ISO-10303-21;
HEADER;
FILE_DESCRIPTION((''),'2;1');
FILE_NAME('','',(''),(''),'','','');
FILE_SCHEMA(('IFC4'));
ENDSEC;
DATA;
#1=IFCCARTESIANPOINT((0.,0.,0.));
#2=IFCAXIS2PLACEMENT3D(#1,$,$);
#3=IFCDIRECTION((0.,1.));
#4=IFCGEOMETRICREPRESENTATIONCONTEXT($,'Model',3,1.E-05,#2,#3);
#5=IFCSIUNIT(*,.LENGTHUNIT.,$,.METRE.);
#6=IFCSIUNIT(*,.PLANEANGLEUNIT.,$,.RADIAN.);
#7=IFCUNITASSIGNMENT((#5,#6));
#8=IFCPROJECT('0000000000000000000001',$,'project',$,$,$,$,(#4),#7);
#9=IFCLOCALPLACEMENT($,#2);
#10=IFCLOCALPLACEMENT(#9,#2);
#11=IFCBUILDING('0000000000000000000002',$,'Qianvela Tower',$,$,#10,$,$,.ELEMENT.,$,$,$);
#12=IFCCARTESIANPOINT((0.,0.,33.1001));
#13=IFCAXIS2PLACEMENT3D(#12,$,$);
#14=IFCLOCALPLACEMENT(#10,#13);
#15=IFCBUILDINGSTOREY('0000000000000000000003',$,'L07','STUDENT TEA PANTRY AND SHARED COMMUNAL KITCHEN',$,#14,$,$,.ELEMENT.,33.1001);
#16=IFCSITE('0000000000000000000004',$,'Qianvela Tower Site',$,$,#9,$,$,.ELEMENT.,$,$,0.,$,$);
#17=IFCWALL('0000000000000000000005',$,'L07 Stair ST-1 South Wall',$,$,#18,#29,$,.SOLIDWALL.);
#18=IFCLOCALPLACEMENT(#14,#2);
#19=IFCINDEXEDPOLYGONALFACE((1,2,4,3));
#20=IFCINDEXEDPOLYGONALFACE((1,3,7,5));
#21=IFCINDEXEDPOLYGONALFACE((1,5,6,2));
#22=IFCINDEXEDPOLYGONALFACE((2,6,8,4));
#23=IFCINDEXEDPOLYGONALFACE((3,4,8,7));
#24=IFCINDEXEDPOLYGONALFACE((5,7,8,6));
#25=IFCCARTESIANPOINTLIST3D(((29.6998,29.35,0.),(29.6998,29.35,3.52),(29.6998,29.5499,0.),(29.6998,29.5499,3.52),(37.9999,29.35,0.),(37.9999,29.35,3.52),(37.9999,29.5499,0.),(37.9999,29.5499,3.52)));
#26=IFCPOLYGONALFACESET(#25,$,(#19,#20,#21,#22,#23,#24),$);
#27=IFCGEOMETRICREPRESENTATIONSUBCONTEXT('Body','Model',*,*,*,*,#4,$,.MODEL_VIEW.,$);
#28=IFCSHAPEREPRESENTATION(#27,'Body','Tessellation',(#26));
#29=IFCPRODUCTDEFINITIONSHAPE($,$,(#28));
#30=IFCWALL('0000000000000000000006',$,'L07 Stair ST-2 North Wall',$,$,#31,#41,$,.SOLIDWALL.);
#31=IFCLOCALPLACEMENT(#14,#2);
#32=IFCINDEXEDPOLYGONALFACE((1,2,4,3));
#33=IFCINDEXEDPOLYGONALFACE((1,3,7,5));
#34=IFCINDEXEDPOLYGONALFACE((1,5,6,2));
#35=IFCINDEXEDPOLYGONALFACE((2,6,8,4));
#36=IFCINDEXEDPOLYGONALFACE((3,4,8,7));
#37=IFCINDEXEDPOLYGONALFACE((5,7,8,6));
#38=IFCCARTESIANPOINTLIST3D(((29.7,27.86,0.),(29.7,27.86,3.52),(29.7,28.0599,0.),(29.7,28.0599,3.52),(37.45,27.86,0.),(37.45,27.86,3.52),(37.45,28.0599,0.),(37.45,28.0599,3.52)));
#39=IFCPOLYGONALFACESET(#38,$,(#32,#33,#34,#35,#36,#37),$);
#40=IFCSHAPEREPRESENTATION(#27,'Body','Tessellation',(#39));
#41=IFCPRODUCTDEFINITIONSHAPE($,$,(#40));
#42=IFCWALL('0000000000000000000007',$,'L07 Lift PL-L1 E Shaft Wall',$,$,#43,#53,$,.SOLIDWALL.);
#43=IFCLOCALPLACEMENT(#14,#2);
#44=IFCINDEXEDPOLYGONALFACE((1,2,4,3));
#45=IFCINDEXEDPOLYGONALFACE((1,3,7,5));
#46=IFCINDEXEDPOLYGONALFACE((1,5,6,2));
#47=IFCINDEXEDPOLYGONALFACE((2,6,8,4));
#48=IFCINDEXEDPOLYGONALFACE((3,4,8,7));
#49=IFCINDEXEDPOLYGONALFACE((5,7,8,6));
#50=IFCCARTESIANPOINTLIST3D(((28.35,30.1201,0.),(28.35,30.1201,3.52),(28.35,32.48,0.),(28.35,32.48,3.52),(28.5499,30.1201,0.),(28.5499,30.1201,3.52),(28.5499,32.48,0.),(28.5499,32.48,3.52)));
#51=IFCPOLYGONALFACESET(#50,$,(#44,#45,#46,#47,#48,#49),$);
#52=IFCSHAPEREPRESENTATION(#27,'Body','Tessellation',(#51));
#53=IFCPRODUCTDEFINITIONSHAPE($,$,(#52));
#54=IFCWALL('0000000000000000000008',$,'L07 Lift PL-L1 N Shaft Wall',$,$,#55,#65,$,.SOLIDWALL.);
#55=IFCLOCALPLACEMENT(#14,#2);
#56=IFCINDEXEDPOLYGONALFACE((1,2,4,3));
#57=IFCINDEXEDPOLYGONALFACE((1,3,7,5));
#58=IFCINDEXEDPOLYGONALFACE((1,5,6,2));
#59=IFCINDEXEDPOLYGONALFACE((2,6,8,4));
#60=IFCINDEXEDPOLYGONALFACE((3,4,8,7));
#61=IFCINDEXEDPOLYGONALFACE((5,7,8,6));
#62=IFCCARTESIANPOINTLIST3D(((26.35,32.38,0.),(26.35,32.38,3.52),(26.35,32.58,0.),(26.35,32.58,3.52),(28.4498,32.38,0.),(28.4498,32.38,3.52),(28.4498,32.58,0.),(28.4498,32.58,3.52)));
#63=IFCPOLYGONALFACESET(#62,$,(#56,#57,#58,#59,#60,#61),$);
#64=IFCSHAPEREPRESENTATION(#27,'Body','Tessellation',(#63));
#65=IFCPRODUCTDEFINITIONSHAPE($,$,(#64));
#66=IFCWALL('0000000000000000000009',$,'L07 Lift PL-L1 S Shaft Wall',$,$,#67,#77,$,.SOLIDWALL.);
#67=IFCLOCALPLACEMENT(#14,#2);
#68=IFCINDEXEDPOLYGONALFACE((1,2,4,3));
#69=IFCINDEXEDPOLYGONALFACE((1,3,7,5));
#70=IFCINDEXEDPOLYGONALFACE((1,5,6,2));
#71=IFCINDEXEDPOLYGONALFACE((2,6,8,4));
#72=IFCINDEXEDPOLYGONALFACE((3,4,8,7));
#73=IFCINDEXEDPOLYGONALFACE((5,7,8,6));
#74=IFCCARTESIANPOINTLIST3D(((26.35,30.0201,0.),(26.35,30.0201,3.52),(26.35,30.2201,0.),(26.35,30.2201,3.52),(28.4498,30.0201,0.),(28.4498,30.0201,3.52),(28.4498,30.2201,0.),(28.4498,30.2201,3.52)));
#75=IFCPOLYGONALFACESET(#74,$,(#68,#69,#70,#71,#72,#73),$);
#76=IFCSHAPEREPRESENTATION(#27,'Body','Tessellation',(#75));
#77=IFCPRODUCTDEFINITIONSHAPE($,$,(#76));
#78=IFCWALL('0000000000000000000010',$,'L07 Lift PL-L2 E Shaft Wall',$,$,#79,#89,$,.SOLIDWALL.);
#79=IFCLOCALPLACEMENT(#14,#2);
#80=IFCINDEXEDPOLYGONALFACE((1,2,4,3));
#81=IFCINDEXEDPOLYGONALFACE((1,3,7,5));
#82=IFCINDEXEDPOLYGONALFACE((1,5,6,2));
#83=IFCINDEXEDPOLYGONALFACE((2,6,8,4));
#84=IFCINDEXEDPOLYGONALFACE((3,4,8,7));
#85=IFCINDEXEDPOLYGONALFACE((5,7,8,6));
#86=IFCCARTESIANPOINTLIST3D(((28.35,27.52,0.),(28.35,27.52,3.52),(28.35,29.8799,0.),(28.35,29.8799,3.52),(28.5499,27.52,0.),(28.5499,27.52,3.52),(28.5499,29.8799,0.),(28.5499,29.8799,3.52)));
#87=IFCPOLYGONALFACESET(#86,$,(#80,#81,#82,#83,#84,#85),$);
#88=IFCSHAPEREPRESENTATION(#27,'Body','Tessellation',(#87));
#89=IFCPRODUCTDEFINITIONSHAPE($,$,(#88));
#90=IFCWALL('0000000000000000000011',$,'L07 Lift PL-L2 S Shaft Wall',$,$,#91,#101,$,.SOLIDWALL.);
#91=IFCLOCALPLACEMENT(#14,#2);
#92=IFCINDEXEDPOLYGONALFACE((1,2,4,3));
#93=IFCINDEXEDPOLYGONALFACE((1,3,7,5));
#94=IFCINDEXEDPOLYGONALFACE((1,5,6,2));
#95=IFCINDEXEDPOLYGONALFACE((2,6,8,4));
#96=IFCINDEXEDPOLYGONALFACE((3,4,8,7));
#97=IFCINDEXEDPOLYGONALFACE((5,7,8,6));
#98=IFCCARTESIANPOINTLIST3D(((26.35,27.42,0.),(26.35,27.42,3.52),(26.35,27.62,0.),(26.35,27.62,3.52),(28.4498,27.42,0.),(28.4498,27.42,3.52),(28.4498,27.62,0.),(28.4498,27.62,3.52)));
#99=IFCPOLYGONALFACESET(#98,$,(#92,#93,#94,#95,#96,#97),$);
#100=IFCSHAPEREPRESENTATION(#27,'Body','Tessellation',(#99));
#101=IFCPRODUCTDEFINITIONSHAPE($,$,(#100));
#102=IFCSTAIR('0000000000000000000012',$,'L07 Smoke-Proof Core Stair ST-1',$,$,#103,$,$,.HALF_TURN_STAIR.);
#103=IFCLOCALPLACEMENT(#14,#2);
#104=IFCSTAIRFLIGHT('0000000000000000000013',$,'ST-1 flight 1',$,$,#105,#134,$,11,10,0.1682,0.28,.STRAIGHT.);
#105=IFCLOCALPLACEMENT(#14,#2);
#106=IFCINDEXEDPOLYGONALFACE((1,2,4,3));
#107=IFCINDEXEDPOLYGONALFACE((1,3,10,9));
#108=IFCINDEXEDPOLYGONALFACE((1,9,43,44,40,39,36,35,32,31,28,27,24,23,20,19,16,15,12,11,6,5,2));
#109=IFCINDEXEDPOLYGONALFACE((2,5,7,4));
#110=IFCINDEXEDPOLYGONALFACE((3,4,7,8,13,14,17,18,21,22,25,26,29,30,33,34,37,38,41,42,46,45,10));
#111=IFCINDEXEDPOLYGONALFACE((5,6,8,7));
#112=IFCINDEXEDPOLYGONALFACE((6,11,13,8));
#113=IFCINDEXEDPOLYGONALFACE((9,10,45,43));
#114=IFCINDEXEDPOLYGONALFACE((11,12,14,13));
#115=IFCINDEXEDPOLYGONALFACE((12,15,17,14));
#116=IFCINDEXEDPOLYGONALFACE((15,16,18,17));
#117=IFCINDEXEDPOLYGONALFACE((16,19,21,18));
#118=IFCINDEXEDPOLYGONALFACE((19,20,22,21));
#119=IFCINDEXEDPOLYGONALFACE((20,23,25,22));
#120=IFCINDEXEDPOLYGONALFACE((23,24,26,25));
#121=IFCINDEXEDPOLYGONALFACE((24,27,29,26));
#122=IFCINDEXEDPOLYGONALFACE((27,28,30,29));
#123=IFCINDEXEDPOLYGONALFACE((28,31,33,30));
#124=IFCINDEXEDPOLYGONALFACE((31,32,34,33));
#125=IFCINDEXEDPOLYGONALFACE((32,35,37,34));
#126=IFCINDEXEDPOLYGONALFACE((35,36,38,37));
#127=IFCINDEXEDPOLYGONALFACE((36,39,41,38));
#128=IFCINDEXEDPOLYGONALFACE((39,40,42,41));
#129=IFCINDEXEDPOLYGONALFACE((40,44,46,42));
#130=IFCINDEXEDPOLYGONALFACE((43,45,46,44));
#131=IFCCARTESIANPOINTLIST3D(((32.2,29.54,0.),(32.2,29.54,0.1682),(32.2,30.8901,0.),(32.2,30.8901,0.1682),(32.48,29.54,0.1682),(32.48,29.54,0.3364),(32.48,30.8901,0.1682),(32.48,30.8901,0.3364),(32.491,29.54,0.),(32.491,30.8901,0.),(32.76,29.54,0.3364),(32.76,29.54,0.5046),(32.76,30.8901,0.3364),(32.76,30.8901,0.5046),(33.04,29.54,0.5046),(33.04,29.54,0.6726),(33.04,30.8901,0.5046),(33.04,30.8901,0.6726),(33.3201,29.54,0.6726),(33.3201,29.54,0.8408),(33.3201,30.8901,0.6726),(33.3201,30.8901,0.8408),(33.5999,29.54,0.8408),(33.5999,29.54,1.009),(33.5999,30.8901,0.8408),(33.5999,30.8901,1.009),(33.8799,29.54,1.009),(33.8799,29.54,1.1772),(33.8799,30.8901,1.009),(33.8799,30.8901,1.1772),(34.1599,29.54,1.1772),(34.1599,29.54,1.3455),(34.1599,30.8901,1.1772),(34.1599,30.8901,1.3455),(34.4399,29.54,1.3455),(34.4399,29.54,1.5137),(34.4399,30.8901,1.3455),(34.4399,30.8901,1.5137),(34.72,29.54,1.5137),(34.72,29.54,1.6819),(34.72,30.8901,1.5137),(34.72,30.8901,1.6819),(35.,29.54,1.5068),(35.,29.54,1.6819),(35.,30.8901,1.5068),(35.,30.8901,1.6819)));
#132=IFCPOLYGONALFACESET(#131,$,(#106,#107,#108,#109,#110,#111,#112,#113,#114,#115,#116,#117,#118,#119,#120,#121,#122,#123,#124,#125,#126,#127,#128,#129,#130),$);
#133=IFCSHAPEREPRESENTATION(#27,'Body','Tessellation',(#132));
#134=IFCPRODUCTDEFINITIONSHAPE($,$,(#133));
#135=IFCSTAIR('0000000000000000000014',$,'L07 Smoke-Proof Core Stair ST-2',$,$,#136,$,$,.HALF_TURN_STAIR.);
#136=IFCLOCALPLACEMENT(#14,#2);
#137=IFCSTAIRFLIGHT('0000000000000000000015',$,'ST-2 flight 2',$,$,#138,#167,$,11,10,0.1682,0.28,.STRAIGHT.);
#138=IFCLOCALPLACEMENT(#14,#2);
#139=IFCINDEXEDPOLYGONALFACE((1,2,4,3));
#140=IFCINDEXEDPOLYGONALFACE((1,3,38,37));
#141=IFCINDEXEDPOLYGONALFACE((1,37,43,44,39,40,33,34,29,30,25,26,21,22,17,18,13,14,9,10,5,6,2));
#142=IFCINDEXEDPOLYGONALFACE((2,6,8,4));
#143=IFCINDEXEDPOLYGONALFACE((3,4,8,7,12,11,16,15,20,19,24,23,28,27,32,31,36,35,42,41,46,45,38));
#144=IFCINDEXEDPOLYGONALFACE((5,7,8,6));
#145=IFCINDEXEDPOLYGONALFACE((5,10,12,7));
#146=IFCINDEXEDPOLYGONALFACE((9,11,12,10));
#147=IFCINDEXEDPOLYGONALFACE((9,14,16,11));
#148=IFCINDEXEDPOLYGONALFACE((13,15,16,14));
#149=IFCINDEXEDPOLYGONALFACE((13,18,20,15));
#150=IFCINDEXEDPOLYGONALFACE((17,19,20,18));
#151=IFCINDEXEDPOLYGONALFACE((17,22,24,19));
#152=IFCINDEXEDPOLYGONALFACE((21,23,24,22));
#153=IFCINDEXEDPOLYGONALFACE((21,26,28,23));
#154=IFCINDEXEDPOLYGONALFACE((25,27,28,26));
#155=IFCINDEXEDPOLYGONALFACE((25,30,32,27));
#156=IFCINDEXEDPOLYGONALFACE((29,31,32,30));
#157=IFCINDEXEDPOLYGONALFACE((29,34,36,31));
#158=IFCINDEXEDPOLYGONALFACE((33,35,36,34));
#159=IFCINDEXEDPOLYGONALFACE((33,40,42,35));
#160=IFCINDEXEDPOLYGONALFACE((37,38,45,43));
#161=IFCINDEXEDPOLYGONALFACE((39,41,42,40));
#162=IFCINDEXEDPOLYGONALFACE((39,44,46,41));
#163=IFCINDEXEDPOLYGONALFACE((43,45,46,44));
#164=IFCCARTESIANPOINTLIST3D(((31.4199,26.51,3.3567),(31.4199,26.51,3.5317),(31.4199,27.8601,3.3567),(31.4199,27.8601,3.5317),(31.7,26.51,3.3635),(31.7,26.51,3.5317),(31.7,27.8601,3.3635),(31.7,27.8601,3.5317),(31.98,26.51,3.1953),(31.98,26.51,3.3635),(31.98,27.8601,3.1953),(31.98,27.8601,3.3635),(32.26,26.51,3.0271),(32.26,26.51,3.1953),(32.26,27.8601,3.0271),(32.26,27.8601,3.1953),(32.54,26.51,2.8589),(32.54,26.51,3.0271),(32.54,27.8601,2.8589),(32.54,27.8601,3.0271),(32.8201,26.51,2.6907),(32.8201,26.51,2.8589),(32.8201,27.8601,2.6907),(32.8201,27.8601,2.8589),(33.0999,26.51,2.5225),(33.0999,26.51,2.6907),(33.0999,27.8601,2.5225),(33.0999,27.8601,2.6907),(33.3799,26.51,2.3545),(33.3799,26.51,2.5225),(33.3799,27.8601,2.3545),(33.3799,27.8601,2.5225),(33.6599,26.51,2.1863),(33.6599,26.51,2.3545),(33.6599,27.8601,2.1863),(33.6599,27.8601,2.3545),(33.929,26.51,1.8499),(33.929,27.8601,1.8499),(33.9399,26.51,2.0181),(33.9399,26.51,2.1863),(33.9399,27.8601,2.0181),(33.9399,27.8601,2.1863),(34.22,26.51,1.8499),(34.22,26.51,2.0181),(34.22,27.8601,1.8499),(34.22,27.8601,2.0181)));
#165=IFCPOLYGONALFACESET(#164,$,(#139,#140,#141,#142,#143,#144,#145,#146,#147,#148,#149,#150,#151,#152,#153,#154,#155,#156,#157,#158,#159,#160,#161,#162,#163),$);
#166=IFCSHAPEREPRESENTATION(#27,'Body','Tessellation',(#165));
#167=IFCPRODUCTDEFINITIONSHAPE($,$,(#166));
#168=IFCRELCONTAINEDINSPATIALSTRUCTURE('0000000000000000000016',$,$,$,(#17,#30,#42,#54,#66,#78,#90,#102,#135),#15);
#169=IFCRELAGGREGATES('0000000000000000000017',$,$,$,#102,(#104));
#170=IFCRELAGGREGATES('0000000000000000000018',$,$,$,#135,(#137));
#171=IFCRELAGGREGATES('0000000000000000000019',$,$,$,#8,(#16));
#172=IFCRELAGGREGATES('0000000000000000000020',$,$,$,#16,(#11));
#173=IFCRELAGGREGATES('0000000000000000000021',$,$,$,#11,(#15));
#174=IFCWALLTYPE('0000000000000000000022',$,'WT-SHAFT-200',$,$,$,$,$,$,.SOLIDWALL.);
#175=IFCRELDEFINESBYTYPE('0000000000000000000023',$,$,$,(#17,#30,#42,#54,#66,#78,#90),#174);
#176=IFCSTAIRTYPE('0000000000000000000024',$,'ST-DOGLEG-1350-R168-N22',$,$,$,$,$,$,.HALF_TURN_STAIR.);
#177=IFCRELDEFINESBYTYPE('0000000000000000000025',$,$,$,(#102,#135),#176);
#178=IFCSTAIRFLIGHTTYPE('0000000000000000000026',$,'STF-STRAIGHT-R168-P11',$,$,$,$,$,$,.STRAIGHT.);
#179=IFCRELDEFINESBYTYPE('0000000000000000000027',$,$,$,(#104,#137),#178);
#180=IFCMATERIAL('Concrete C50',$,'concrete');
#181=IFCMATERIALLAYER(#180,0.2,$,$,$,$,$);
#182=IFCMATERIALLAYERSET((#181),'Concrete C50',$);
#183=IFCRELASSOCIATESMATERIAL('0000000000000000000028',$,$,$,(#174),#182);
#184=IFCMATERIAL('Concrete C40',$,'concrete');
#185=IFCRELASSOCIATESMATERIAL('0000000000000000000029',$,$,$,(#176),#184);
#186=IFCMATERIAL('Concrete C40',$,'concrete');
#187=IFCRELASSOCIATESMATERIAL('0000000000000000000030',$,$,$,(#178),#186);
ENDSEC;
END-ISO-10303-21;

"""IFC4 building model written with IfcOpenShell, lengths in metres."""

from ifc_helpers import new_model, si_unit, direction, frame, frame_2d, origin, place, context, subcontext, project, spatial, polyline, rectangle, outline, extrude, material, layer, layer_set, type_object, element, aggregate, save


model = new_model("IFC4")

# Units and contexts
model_context = context("Model", 3, precision=1e-05, world=origin(), true_north=direction((0.0, 1.0)))
body_context = subcontext(model_context, "Body", "Model", "MODEL_VIEW")
ifc_project = project(units=[si_unit("LENGTHUNIT", "METRE"), si_unit("PLANEANGLEUNIT", "RADIAN")], contexts=[model_context])

# Site, building, storey
site_placement = place(None, origin())
site = spatial("IfcSite", under=ifc_project, at=site_placement, Name="Qianvela Tower Site", CompositionType="ELEMENT", RefElevation=0.0)
building_placement = place(site_placement, origin())
building = spatial("IfcBuilding", under=site, at=building_placement, Name="Qianvela Tower", CompositionType="ELEMENT")
storey_placement = place(building_placement, frame((0.0, 0.0, 33.1001)))
storey = spatial("IfcBuildingStorey", under=building, at=storey_placement, Name="L07", Description="STUDENT TEA PANTRY AND SHARED COMMUNAL KITCHEN", CompositionType="ELEMENT", Elevation=33.1001)

# Walls
ifc_material_1 = material(Name="Concrete C50", Category="concrete")
ifc_layer_1 = layer(ifc_material_1, 0.2)
ifc_layer_set_1 = layer_set([ifc_layer_1], Name="Concrete C50")
wall_type_1 = type_object("IfcWallType", Name="WT-SHAFT-200", PredefinedType="SOLIDWALL", material=ifc_layer_set_1)
wall_1_placement = place(storey_placement, frame((29.7, 29.45, 0.0), z_axis=(0.0, 0.0, 1.0), x_axis=(1.0, 0.0, 0.0)))
element("IfcWall", 1, at=wall_1_placement, inside=storey, type_object=wall_type_1, Name="L07 Stair ST-1 South Wall", PredefinedType="SOLIDWALL", context=body_context, shape_type="SweptSolid", body=[
    extrude(rectangle(XDim=8.3, YDim=0.2, at=frame_2d((4.1499, 0.0))), origin(), (0.0, 0.0, 1.0), 3.52),
])
wall_2_placement = place(storey_placement, frame((29.7, 27.96, 0.0), z_axis=(0.0, 0.0, 1.0), x_axis=(1.0, 0.0, 0.0)))
element("IfcWall", 2, at=wall_2_placement, inside=storey, type_object=wall_type_1, Name="L07 Stair ST-2 North Wall", PredefinedType="SOLIDWALL", context=body_context, shape_type="SweptSolid", body=[
    extrude(rectangle(XDim=7.75, YDim=0.2, at=frame_2d((3.875, 0.0))), origin(), (0.0, 0.0, 1.0), 3.52),
])
wall_3_placement = place(storey_placement, frame((28.45, 30.1201, 0.0), z_axis=(0.0, 0.0, 1.0), x_axis=(0.0, 1.0, 0.0)))
element("IfcWall", 3, at=wall_3_placement, inside=storey, type_object=wall_type_1, Name="L07 Lift PL-L1 E Shaft Wall", PredefinedType="SOLIDWALL", context=body_context, shape_type="SweptSolid", body=[
    extrude(rectangle(XDim=2.3599, YDim=0.2, at=frame_2d((1.1799, 0.0))), origin(), (0.0, 0.0, 1.0), 3.52),
])

# Walls
for number, where, z_axis, x_axis, name in (
    (4, (26.3501, 32.48, 0.0), (0.0, 0.0, 1.0), (1.0, 0.0, 0.0), "L07 Lift PL-L1 N Shaft Wall"),
    (5, (26.3501, 30.1201, 0.0), (0.0, 0.0, 1.0), (1.0, 0.0, 0.0), "L07 Lift PL-L1 S Shaft Wall"),
):
    element("IfcWall", number, at=place(storey_placement, frame(where, z_axis=z_axis, x_axis=x_axis)), inside=storey, type_object=wall_type_1, Name=name, PredefinedType="SOLIDWALL", context=body_context, shape_type="SweptSolid", body=[
        extrude(rectangle(XDim=2.0999, YDim=0.2, at=frame_2d((1.0498, 0.0))), origin(), (0.0, 0.0, 1.0), 3.52),
    ])
wall_4_placement = place(storey_placement, frame((28.45, 27.52, 0.0), z_axis=(0.0, 0.0, 1.0), x_axis=(0.0, 1.0, 0.0)))
element("IfcWall", 6, at=wall_4_placement, inside=storey, type_object=wall_type_1, Name="L07 Lift PL-L2 E Shaft Wall", PredefinedType="SOLIDWALL", context=body_context, shape_type="SweptSolid", body=[
    extrude(rectangle(XDim=2.3599, YDim=0.2, at=frame_2d((1.1799, 0.0))), origin(), (0.0, 0.0, 1.0), 3.52),
])

# Wall
wall_5_placement = place(storey_placement, frame((26.3501, 27.52, 0.0), z_axis=(0.0, 0.0, 1.0), x_axis=(1.0, 0.0, 0.0)))
element("IfcWall", 7, at=wall_5_placement, inside=storey, type_object=wall_type_1, Name="L07 Lift PL-L2 S Shaft Wall", PredefinedType="SOLIDWALL", context=body_context, shape_type="SweptSolid", body=[
    extrude(rectangle(XDim=2.0999, YDim=0.2, at=frame_2d((1.0498, 0.0))), origin(), (0.0, 0.0, 1.0), 3.52),
])

# Stairs, stair flights
ifc_material_2 = material(Name="Concrete C40", Category="concrete")
stair_type = type_object("IfcStairType", Name="ST-DOGLEG-1350-R168-N22", PredefinedType="HALF_TURN_STAIR", material=ifc_material_2)
stair_1_placement = place(storey_placement, origin())
stair_1 = element("IfcStair", 8, at=stair_1_placement, inside=storey, type_object=stair_type, Name="L07 Smoke-Proof Core Stair ST-1", PredefinedType="HALF_TURN_STAIR")
ifc_material_3 = material(Name="Concrete C40", Category="concrete")
stair_flight_type = type_object("IfcStairFlightType", Name="STF-STRAIGHT-R168-P11", PredefinedType="STRAIGHT", material=ifc_material_3)
stair_flight_1_placement = place(storey_placement, frame((32.2, 30.2151, 0.0), z_axis=(0.0, 0.0, 1.0), x_axis=(1.0, 0.0, 0.0)))
stair_flight_1 = element("IfcStairFlight", 9, at=stair_flight_1_placement, type_object=stair_flight_type, Name="ST-1 flight 1", NumberOfRisers=11, NumberOfTreads=10, PredefinedType="STRAIGHT", RiserHeight=0.1682, TreadLength=0.28, context=body_context, shape_type="SweptSolid", body=[
    extrude(outline(polyline([(0.0, 0.0), (0.0, 0.1682), (0.28, 0.1682), (0.28, 0.3364), (0.5601, 0.3364), (0.5601, 0.5046), (0.8401, 0.5046), (0.8401, 0.6726), (1.1201, 0.6726), (1.1201, 0.8408), (1.3999, 0.8408), (1.3999, 1.009), (1.6799, 1.009), (1.6799, 1.1772), (1.96, 1.1772), (1.96, 1.3455), (2.24, 1.3455), (2.24, 1.5137), (2.52, 1.5137), (2.52, 1.6819), (2.8, 1.6819), (2.8, 1.8501), (2.8, 1.5068), (0.291, 0.0), (0.0, 0.0)])), frame((0.0, 0.675, 0.0), z_axis=(0.0, -1.0, 0.0), x_axis=(1.0, 0.0, 0.0)), (0.0, 0.0, 1.0), 1.3501),
])
aggregate(stair_1, [stair_flight_1])
stair_2_placement = place(storey_placement, origin())
stair_2 = element("IfcStair", 10, at=stair_2_placement, inside=storey, type_object=stair_type, Name="L07 Smoke-Proof Core Stair ST-2", PredefinedType="HALF_TURN_STAIR")
stair_flight_2_placement = place(storey_placement, frame((34.22, 27.1851, 1.8499), z_axis=(0.0, 0.0, 1.0), x_axis=(-1.0, 0.0, 0.0)))
stair_flight_2 = element("IfcStairFlight", 11, at=stair_flight_2_placement, type_object=stair_flight_type, Name="ST-2 flight 2", NumberOfRisers=11, NumberOfTreads=10, PredefinedType="STRAIGHT", RiserHeight=0.1682, TreadLength=0.28, context=body_context, shape_type="SweptSolid", body=[
    extrude(outline(polyline([(0.0, 0.0), (0.0, 0.1682), (0.28, 0.1682), (0.28, 0.3364), (0.5601, 0.3364), (0.5601, 0.5046), (0.8401, 0.5046), (0.8401, 0.6726), (1.1201, 0.6726), (1.1201, 0.8408), (1.3999, 0.8408), (1.3999, 1.009), (1.6799, 1.009), (1.6799, 1.1772), (1.96, 1.1772), (1.96, 1.3455), (2.24, 1.3455), (2.24, 1.5137), (2.52, 1.5137), (2.52, 1.6819), (2.8, 1.6819), (2.8, 1.8501), (2.8, 1.5068), (0.291, 0.0), (0.0, 0.0)])), frame((0.0, 0.675, 0.0), z_axis=(0.0, -1.0, 0.0), x_axis=(1.0, 0.0, 0.0)), (0.0, 0.0, 1.0), 1.3501),
])
aggregate(stair_2, [stair_flight_2])

save(model, "model.ifc")
